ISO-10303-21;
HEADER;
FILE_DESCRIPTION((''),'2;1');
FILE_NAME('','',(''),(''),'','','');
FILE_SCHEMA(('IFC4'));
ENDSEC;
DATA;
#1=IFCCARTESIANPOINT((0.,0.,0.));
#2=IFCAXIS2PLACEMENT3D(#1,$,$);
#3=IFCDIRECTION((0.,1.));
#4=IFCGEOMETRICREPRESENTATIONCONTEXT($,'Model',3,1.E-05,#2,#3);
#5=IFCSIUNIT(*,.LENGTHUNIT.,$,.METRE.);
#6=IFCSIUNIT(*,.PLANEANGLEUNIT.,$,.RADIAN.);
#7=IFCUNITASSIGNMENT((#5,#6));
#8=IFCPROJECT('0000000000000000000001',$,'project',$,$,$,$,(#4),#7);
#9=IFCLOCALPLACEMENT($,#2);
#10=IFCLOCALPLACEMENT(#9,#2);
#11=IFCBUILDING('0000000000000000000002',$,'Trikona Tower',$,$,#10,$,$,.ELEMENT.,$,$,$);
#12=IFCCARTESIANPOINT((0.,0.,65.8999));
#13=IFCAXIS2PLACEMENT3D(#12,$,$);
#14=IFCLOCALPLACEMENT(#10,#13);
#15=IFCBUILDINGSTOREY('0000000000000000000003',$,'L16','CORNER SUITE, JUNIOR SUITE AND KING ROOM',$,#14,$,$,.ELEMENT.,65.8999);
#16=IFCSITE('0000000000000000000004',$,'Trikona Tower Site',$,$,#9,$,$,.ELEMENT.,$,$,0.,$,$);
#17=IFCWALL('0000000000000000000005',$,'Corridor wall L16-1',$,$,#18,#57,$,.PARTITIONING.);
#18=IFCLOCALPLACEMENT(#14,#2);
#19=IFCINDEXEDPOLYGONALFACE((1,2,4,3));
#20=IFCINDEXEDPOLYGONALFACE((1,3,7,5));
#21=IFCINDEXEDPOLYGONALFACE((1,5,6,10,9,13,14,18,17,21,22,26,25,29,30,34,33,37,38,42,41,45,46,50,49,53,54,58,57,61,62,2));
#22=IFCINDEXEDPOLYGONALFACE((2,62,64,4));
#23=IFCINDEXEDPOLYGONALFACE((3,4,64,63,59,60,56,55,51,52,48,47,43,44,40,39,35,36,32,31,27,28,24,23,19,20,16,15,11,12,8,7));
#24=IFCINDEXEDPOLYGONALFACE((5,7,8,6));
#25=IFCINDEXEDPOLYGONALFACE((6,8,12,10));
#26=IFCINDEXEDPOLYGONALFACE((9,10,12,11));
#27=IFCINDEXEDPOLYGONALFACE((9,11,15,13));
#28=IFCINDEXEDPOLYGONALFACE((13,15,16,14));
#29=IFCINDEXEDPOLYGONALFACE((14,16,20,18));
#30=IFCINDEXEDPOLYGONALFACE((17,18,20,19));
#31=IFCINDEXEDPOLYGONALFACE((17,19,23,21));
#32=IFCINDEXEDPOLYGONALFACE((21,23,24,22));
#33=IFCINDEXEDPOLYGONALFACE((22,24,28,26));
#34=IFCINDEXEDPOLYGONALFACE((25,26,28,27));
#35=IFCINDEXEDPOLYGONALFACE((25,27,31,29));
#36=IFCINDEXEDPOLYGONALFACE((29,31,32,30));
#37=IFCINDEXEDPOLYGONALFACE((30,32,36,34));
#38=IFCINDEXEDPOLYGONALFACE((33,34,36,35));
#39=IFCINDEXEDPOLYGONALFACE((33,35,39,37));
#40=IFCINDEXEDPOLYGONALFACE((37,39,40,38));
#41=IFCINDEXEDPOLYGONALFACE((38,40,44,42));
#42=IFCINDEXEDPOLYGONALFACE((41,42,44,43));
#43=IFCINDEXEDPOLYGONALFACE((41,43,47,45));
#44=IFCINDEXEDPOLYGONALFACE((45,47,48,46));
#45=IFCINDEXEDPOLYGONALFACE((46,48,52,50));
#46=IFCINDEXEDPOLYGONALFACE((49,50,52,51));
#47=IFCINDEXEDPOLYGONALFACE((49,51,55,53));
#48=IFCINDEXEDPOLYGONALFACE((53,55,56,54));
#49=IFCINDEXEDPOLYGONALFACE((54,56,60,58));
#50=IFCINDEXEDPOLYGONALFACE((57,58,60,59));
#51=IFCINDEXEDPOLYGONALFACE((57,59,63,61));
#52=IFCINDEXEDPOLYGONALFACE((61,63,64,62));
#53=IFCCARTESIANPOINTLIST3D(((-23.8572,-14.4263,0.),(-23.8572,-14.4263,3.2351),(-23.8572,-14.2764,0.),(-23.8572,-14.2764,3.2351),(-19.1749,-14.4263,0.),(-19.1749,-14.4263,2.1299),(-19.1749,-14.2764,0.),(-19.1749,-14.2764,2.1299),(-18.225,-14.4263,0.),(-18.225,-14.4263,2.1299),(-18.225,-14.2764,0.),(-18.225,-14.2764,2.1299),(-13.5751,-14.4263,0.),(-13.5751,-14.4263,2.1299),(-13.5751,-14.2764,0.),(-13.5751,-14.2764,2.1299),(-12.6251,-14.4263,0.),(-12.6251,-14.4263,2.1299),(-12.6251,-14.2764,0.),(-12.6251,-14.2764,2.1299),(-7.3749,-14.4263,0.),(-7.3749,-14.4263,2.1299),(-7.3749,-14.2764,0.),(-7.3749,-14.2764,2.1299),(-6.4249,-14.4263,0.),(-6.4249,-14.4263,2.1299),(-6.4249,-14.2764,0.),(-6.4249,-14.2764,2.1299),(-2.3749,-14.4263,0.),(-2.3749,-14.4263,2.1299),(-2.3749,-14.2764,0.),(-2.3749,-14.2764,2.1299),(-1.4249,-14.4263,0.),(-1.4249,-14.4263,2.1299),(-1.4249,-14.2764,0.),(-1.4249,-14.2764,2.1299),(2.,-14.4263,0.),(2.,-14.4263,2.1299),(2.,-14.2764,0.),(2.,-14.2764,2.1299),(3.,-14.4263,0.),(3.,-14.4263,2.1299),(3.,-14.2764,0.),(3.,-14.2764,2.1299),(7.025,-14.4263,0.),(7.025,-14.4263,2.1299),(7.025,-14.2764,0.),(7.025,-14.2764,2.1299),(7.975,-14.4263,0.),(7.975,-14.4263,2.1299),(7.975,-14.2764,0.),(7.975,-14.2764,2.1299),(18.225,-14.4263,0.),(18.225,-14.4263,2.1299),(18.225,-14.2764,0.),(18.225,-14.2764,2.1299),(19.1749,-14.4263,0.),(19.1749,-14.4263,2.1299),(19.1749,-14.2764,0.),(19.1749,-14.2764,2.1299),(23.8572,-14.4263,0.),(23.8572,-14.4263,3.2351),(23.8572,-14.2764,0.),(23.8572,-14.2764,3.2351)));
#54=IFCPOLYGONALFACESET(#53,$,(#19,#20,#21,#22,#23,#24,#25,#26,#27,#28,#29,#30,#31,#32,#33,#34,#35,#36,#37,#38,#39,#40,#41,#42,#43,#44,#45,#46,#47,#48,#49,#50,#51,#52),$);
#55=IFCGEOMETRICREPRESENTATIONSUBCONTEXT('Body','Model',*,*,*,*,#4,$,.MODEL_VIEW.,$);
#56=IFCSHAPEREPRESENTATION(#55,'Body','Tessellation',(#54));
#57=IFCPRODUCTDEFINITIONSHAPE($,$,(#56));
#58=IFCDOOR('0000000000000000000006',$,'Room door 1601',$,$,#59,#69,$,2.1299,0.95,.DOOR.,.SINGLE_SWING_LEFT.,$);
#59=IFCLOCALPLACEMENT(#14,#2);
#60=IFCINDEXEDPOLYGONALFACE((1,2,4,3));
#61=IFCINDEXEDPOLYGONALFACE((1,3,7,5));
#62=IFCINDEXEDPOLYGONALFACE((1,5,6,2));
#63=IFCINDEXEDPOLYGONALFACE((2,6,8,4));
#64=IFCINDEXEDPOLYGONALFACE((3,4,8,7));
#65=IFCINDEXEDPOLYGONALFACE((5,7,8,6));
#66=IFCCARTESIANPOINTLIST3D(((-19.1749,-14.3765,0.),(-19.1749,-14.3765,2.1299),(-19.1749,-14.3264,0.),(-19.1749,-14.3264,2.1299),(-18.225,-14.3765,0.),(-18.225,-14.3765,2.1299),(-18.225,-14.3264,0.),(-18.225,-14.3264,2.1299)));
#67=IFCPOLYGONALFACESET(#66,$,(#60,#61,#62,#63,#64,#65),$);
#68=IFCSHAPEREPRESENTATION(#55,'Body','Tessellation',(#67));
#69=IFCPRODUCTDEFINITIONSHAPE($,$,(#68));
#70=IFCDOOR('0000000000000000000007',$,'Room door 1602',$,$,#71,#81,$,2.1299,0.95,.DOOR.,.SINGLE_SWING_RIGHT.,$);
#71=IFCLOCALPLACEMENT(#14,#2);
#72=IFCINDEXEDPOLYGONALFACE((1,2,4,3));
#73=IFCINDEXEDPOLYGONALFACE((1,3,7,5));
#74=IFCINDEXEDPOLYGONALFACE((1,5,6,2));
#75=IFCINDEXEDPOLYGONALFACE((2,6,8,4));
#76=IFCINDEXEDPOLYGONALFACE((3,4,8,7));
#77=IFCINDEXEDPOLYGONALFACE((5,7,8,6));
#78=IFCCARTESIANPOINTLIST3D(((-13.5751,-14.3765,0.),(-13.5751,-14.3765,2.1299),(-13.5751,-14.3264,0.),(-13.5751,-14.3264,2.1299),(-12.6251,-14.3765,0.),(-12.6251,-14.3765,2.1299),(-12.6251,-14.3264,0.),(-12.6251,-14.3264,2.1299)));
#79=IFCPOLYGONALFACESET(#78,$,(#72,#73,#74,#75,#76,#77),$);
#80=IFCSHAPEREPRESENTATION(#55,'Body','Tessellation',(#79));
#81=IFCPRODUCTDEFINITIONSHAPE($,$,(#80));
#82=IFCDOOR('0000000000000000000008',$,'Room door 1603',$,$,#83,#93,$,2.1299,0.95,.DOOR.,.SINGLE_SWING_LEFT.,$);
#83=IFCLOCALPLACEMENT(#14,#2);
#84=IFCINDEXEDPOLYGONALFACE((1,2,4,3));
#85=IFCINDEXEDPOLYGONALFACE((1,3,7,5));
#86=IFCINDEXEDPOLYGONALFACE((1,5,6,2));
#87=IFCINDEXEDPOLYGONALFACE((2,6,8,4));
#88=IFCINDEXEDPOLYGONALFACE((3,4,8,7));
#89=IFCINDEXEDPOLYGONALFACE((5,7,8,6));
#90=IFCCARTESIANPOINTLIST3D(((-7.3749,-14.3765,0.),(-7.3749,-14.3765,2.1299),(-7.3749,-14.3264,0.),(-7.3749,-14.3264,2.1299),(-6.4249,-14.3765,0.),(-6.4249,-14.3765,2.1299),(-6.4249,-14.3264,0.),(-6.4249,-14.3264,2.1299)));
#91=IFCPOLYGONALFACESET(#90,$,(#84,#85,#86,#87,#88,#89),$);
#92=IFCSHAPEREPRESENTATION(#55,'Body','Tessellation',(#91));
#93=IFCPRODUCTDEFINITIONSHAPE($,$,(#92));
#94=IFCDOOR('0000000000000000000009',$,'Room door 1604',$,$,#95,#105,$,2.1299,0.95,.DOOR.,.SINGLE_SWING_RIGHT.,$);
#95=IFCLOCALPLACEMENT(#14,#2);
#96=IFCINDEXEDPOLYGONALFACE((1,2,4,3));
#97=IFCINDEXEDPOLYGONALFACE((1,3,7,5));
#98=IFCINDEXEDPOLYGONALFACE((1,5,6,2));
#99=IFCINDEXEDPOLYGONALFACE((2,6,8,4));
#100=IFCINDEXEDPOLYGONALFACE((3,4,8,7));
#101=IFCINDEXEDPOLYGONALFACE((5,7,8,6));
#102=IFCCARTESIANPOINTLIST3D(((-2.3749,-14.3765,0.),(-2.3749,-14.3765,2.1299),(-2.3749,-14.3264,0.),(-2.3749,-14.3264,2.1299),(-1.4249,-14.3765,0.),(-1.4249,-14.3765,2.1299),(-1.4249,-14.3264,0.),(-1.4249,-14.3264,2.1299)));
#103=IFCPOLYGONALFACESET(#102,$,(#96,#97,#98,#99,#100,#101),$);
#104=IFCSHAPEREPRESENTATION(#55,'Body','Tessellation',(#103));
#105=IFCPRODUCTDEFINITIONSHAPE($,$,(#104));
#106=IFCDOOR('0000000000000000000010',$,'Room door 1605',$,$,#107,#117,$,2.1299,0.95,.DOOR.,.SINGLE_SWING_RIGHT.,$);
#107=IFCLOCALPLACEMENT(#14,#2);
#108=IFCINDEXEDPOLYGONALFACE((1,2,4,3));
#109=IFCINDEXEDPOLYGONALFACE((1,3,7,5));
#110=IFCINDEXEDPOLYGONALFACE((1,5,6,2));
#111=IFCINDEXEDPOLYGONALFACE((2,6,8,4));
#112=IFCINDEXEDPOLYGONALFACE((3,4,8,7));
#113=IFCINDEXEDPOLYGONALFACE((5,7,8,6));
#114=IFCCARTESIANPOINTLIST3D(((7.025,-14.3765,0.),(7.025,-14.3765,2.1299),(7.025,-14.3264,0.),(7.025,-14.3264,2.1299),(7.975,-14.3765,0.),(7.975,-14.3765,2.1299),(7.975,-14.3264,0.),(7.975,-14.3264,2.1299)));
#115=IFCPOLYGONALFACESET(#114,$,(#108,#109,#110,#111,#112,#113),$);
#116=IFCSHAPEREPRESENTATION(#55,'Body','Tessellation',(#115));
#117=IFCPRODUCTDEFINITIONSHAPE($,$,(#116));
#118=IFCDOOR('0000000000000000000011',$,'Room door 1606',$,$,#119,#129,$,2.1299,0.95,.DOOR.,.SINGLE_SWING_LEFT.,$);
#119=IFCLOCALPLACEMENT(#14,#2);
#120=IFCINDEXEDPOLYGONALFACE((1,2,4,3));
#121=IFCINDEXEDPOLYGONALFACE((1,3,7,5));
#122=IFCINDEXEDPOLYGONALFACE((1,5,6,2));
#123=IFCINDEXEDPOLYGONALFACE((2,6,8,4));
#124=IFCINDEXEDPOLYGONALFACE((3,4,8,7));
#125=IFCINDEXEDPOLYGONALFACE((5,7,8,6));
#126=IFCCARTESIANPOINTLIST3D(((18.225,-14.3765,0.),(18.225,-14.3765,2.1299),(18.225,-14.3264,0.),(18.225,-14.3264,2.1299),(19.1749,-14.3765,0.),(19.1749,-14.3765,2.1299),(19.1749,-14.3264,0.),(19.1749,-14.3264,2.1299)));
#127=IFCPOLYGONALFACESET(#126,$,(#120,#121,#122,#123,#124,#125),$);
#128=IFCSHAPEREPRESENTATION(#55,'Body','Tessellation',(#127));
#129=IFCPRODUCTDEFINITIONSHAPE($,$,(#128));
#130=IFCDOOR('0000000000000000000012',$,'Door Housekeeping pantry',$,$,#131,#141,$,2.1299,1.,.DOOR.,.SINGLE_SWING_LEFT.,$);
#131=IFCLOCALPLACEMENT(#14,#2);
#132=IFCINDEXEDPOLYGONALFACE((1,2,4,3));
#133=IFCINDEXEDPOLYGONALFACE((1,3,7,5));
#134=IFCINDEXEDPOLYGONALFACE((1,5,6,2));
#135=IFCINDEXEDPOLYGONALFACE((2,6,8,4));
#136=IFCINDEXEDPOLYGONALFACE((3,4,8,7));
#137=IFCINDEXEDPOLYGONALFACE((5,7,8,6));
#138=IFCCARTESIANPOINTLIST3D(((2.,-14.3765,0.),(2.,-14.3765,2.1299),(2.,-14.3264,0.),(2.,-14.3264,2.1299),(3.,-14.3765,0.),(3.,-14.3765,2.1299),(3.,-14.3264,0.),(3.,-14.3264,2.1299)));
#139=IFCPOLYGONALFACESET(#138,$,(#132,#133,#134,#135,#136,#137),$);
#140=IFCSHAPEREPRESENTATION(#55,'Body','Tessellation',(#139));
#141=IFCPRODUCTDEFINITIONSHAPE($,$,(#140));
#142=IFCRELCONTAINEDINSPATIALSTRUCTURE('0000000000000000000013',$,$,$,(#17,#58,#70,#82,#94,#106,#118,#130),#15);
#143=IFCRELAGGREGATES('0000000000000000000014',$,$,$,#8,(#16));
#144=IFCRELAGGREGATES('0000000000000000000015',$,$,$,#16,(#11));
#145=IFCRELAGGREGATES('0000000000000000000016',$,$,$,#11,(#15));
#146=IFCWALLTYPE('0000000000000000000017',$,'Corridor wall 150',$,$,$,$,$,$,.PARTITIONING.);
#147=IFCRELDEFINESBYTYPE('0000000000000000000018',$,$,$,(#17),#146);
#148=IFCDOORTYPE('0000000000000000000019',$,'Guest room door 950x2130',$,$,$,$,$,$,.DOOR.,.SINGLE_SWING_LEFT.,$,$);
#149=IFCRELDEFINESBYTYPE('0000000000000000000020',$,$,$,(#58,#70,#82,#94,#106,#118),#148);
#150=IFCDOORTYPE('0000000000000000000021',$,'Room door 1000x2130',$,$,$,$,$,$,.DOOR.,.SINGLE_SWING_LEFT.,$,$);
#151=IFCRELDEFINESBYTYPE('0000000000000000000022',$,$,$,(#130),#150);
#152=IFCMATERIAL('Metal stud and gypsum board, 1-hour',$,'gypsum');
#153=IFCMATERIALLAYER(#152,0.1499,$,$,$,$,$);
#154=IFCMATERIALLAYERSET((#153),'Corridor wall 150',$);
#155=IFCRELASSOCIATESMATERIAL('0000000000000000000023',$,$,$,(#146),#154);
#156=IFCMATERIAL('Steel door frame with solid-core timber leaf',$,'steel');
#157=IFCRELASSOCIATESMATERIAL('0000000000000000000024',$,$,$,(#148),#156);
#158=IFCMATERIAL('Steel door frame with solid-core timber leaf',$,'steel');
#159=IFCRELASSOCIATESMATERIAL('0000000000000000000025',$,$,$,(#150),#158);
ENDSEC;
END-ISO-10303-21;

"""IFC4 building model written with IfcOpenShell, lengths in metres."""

from ifc_helpers import new_model, si_unit, direction, frame, frame_2d, origin, place, context, subcontext, project, spatial, rectangle, extrude, material, layer, layer_set, type_object, element, fill, save


model = new_model("IFC4")

# Units and contexts
model_context = context("Model", 3, precision=1e-05, world=origin(), true_north=direction((0.0, 1.0)))
body_context = subcontext(model_context, "Body", "Model", "MODEL_VIEW")
ifc_project = project(units=[si_unit("LENGTHUNIT", "METRE"), si_unit("PLANEANGLEUNIT", "RADIAN")], contexts=[model_context])

# Site, building, storey
site_placement = place(None, origin())
site = spatial("IfcSite", under=ifc_project, at=site_placement, Name="Trikona Tower Site", CompositionType="ELEMENT", RefElevation=0.0)
building_placement = place(site_placement, origin())
building = spatial("IfcBuilding", under=site, at=building_placement, Name="Trikona Tower", CompositionType="ELEMENT")
storey_placement = place(building_placement, frame((0.0, 0.0, 65.8999)))
storey = spatial("IfcBuildingStorey", under=building, at=storey_placement, Name="L16", Description="CORNER SUITE, JUNIOR SUITE AND KING ROOM", CompositionType="ELEMENT", Elevation=65.8999)

# Wall, openings, doors
ifc_material_1 = material(Name="Metal stud and gypsum board, 1-hour", Category="gypsum")
ifc_layer_1 = layer(ifc_material_1, 0.1499)
ifc_layer_set_1 = layer_set([ifc_layer_1], Name="Corridor wall 150")
wall_type_1 = type_object("IfcWallType", Name="Corridor wall 150", PredefinedType="PARTITIONING", material=ifc_layer_set_1)
wall_1_placement = place(storey_placement, frame((-23.8572, -14.3513, 0.0), z_axis=(0.0, 0.0, 1.0), x_axis=(1.0, 0.0, 0.0)))
wall_1 = element("IfcWall", 1, at=wall_1_placement, inside=storey, type_object=wall_type_1, Name="Corridor wall L16-1", PredefinedType="PARTITIONING", context=body_context, shape_type="SweptSolid", body=[
    extrude(rectangle(XDim=47.7144, YDim=0.1499, at=frame_2d((23.8572, 0.0))), origin(), (0.0, 0.0, 1.0), 3.2351),
])
opening_1_placement = place(wall_1_placement, frame((4.6821, 0.0, 0.0)))
opening_1 = element("IfcOpeningElement", 2, at=opening_1_placement, cuts=wall_1, PredefinedType="OPENING", context=body_context, shape_type="SweptSolid", body=[
    extrude(rectangle(XDim=0.95, YDim=2.1299, at=frame_2d((0.4751, 1.0649))), frame((0.0, 0.085, 0.0), z_axis=(0.0, -1.0, 0.0), x_axis=(1.0, 0.0, 0.0)), (0.0, 0.0, 1.0), 0.1699),
])
opening_2_placement = place(wall_1_placement, frame((10.282, 0.0, 0.0)))
opening_2 = element("IfcOpeningElement", 3, at=opening_2_placement, cuts=wall_1, PredefinedType="OPENING", context=body_context, shape_type="SweptSolid", body=[
    extrude(rectangle(XDim=0.95, YDim=2.1299, at=frame_2d((0.4751, 1.0649))), frame((0.0, 0.085, 0.0), z_axis=(0.0, -1.0, 0.0), x_axis=(1.0, 0.0, 0.0)), (0.0, 0.0, 1.0), 0.1699),
])
opening_3_placement = place(wall_1_placement, frame((16.4822, 0.0, 0.0)))
opening_3 = element("IfcOpeningElement", 4, at=opening_3_placement, cuts=wall_1, PredefinedType="OPENING", context=body_context, shape_type="SweptSolid", body=[
    extrude(rectangle(XDim=0.95, YDim=2.1299, at=frame_2d((0.4751, 1.0649))), frame((0.0, 0.085, 0.0), z_axis=(0.0, -1.0, 0.0), x_axis=(1.0, 0.0, 0.0)), (0.0, 0.0, 1.0), 0.1699),
])
opening_4_placement = place(wall_1_placement, frame((21.4822, 0.0, 0.0)))
opening_4 = element("IfcOpeningElement", 5, at=opening_4_placement, cuts=wall_1, PredefinedType="OPENING", context=body_context, shape_type="SweptSolid", body=[
    extrude(rectangle(XDim=0.95, YDim=2.1299, at=frame_2d((0.4751, 1.0649))), frame((0.0, 0.085, 0.0), z_axis=(0.0, -1.0, 0.0), x_axis=(1.0, 0.0, 0.0)), (0.0, 0.0, 1.0), 0.1699),
])
opening_5_placement = place(wall_1_placement, frame((25.8572, 0.0, 0.0)))
opening_5 = element("IfcOpeningElement", 6, at=opening_5_placement, cuts=wall_1, PredefinedType="OPENING", context=body_context, shape_type="SweptSolid", body=[
    extrude(rectangle(XDim=1.0, YDim=2.1299, at=frame_2d((0.5, 1.0649))), frame((0.0, 0.085, 0.0), z_axis=(0.0, -1.0, 0.0), x_axis=(1.0, 0.0, 0.0)), (0.0, 0.0, 1.0), 0.1699),
])
opening_6_placement = place(wall_1_placement, frame((30.8821, 0.0, 0.0)))
opening_6 = element("IfcOpeningElement", 7, at=opening_6_placement, cuts=wall_1, PredefinedType="OPENING", context=body_context, shape_type="SweptSolid", body=[
    extrude(rectangle(XDim=0.95, YDim=2.1299, at=frame_2d((0.4751, 1.0649))), frame((0.0, 0.085, 0.0), z_axis=(0.0, -1.0, 0.0), x_axis=(1.0, 0.0, 0.0)), (0.0, 0.0, 1.0), 0.1699),
])
opening_7_placement = place(wall_1_placement, frame((42.082, 0.0, 0.0)))
opening_7 = element("IfcOpeningElement", 8, at=opening_7_placement, cuts=wall_1, PredefinedType="OPENING", context=body_context, shape_type="SweptSolid", body=[
    extrude(rectangle(XDim=0.95, YDim=2.1299, at=frame_2d((0.4751, 1.0649))), frame((0.0, 0.085, 0.0), z_axis=(0.0, -1.0, 0.0), x_axis=(1.0, 0.0, 0.0)), (0.0, 0.0, 1.0), 0.1699),
])
ifc_material_2 = material(Name="Steel door frame with solid-core timber leaf", Category="steel")
door_type_1 = type_object("IfcDoorType", Name="Guest room door 950x2130", OperationType="SINGLE_SWING_LEFT", PredefinedType="DOOR", material=ifc_material_2)
door_1_placement = place(opening_1_placement, origin())
door_1 = element("IfcDoor", 9, at=door_1_placement, inside=storey, type_object=door_type_1, Name="Room door 1601", OperationType="SINGLE_SWING_LEFT", OverallHeight=2.1299, OverallWidth=0.95, PredefinedType="DOOR", context=body_context, shape_type="SweptSolid", body=[
    extrude(rectangle(XDim=0.95, YDim=2.1299, at=frame_2d((0.4751, 1.0649))), frame((0.0, 0.0249, 0.0), z_axis=(0.0, -1.0, 0.0), x_axis=(1.0, 0.0, 0.0)), (0.0, 0.0, 1.0), 0.05),
])
fill(opening_1, door_1)
door_2_placement = place(opening_2_placement, origin())
door_2 = element("IfcDoor", 10, at=door_2_placement, inside=storey, type_object=door_type_1, Name="Room door 1602", OperationType="SINGLE_SWING_RIGHT", OverallHeight=2.1299, OverallWidth=0.95, PredefinedType="DOOR", context=body_context, shape_type="SweptSolid", body=[
    extrude(rectangle(XDim=0.95, YDim=2.1299, at=frame_2d((0.4751, 1.0649))), frame((0.0, 0.0249, 0.0), z_axis=(0.0, -1.0, 0.0), x_axis=(1.0, 0.0, 0.0)), (0.0, 0.0, 1.0), 0.05),
])
fill(opening_2, door_2)
door_3_placement = place(opening_3_placement, origin())
door_3 = element("IfcDoor", 11, at=door_3_placement, inside=storey, type_object=door_type_1, Name="Room door 1603", OperationType="SINGLE_SWING_LEFT", OverallHeight=2.1299, OverallWidth=0.95, PredefinedType="DOOR", context=body_context, shape_type="SweptSolid", body=[
    extrude(rectangle(XDim=0.95, YDim=2.1299, at=frame_2d((0.4751, 1.0649))), frame((0.0, 0.0249, 0.0), z_axis=(0.0, -1.0, 0.0), x_axis=(1.0, 0.0, 0.0)), (0.0, 0.0, 1.0), 0.05),
])
fill(opening_3, door_3)
door_4_placement = place(opening_4_placement, origin())
door_4 = element("IfcDoor", 12, at=door_4_placement, inside=storey, type_object=door_type_1, Name="Room door 1604", OperationType="SINGLE_SWING_RIGHT", OverallHeight=2.1299, OverallWidth=0.95, PredefinedType="DOOR", context=body_context, shape_type="SweptSolid", body=[
    extrude(rectangle(XDim=0.95, YDim=2.1299, at=frame_2d((0.4751, 1.0649))), frame((0.0, 0.0249, 0.0), z_axis=(0.0, -1.0, 0.0), x_axis=(1.0, 0.0, 0.0)), (0.0, 0.0, 1.0), 0.05),
])
fill(opening_4, door_4)
door_5_placement = place(opening_6_placement, origin())
door_5 = element("IfcDoor", 13, at=door_5_placement, inside=storey, type_object=door_type_1, Name="Room door 1605", OperationType="SINGLE_SWING_RIGHT", OverallHeight=2.1299, OverallWidth=0.95, PredefinedType="DOOR", context=body_context, shape_type="SweptSolid", body=[
    extrude(rectangle(XDim=0.95, YDim=2.1299, at=frame_2d((0.4751, 1.0649))), frame((0.0, 0.0249, 0.0), z_axis=(0.0, -1.0, 0.0), x_axis=(1.0, 0.0, 0.0)), (0.0, 0.0, 1.0), 0.05),
])
fill(opening_6, door_5)
door_6_placement = place(opening_7_placement, origin())
door_6 = element("IfcDoor", 14, at=door_6_placement, inside=storey, type_object=door_type_1, Name="Room door 1606", OperationType="SINGLE_SWING_LEFT", OverallHeight=2.1299, OverallWidth=0.95, PredefinedType="DOOR", context=body_context, shape_type="SweptSolid", body=[
    extrude(rectangle(XDim=0.95, YDim=2.1299, at=frame_2d((0.4751, 1.0649))), frame((0.0, 0.0249, 0.0), z_axis=(0.0, -1.0, 0.0), x_axis=(1.0, 0.0, 0.0)), (0.0, 0.0, 1.0), 0.05),
])
fill(opening_7, door_6)
ifc_material_3 = material(Name="Steel door frame with solid-core timber leaf", Category="steel")
door_type_2 = type_object("IfcDoorType", Name="Room door 1000x2130", OperationType="SINGLE_SWING_LEFT", PredefinedType="DOOR", material=ifc_material_3)
door_7_placement = place(opening_5_placement, origin())
door_7 = element("IfcDoor", 15, at=door_7_placement, inside=storey, type_object=door_type_2, Name="Door Housekeeping pantry", OperationType="SINGLE_SWING_LEFT", OverallHeight=2.1299, OverallWidth=1.0, PredefinedType="DOOR", context=body_context, shape_type="SweptSolid", body=[
    extrude(rectangle(XDim=1.0, YDim=2.1299, at=frame_2d((0.5, 1.0649))), frame((0.0, 0.0249, 0.0), z_axis=(0.0, -1.0, 0.0), x_axis=(1.0, 0.0, 0.0)), (0.0, 0.0, 1.0), 0.05),
])
fill(opening_5, door_7)

save(model, "model.ifc")
